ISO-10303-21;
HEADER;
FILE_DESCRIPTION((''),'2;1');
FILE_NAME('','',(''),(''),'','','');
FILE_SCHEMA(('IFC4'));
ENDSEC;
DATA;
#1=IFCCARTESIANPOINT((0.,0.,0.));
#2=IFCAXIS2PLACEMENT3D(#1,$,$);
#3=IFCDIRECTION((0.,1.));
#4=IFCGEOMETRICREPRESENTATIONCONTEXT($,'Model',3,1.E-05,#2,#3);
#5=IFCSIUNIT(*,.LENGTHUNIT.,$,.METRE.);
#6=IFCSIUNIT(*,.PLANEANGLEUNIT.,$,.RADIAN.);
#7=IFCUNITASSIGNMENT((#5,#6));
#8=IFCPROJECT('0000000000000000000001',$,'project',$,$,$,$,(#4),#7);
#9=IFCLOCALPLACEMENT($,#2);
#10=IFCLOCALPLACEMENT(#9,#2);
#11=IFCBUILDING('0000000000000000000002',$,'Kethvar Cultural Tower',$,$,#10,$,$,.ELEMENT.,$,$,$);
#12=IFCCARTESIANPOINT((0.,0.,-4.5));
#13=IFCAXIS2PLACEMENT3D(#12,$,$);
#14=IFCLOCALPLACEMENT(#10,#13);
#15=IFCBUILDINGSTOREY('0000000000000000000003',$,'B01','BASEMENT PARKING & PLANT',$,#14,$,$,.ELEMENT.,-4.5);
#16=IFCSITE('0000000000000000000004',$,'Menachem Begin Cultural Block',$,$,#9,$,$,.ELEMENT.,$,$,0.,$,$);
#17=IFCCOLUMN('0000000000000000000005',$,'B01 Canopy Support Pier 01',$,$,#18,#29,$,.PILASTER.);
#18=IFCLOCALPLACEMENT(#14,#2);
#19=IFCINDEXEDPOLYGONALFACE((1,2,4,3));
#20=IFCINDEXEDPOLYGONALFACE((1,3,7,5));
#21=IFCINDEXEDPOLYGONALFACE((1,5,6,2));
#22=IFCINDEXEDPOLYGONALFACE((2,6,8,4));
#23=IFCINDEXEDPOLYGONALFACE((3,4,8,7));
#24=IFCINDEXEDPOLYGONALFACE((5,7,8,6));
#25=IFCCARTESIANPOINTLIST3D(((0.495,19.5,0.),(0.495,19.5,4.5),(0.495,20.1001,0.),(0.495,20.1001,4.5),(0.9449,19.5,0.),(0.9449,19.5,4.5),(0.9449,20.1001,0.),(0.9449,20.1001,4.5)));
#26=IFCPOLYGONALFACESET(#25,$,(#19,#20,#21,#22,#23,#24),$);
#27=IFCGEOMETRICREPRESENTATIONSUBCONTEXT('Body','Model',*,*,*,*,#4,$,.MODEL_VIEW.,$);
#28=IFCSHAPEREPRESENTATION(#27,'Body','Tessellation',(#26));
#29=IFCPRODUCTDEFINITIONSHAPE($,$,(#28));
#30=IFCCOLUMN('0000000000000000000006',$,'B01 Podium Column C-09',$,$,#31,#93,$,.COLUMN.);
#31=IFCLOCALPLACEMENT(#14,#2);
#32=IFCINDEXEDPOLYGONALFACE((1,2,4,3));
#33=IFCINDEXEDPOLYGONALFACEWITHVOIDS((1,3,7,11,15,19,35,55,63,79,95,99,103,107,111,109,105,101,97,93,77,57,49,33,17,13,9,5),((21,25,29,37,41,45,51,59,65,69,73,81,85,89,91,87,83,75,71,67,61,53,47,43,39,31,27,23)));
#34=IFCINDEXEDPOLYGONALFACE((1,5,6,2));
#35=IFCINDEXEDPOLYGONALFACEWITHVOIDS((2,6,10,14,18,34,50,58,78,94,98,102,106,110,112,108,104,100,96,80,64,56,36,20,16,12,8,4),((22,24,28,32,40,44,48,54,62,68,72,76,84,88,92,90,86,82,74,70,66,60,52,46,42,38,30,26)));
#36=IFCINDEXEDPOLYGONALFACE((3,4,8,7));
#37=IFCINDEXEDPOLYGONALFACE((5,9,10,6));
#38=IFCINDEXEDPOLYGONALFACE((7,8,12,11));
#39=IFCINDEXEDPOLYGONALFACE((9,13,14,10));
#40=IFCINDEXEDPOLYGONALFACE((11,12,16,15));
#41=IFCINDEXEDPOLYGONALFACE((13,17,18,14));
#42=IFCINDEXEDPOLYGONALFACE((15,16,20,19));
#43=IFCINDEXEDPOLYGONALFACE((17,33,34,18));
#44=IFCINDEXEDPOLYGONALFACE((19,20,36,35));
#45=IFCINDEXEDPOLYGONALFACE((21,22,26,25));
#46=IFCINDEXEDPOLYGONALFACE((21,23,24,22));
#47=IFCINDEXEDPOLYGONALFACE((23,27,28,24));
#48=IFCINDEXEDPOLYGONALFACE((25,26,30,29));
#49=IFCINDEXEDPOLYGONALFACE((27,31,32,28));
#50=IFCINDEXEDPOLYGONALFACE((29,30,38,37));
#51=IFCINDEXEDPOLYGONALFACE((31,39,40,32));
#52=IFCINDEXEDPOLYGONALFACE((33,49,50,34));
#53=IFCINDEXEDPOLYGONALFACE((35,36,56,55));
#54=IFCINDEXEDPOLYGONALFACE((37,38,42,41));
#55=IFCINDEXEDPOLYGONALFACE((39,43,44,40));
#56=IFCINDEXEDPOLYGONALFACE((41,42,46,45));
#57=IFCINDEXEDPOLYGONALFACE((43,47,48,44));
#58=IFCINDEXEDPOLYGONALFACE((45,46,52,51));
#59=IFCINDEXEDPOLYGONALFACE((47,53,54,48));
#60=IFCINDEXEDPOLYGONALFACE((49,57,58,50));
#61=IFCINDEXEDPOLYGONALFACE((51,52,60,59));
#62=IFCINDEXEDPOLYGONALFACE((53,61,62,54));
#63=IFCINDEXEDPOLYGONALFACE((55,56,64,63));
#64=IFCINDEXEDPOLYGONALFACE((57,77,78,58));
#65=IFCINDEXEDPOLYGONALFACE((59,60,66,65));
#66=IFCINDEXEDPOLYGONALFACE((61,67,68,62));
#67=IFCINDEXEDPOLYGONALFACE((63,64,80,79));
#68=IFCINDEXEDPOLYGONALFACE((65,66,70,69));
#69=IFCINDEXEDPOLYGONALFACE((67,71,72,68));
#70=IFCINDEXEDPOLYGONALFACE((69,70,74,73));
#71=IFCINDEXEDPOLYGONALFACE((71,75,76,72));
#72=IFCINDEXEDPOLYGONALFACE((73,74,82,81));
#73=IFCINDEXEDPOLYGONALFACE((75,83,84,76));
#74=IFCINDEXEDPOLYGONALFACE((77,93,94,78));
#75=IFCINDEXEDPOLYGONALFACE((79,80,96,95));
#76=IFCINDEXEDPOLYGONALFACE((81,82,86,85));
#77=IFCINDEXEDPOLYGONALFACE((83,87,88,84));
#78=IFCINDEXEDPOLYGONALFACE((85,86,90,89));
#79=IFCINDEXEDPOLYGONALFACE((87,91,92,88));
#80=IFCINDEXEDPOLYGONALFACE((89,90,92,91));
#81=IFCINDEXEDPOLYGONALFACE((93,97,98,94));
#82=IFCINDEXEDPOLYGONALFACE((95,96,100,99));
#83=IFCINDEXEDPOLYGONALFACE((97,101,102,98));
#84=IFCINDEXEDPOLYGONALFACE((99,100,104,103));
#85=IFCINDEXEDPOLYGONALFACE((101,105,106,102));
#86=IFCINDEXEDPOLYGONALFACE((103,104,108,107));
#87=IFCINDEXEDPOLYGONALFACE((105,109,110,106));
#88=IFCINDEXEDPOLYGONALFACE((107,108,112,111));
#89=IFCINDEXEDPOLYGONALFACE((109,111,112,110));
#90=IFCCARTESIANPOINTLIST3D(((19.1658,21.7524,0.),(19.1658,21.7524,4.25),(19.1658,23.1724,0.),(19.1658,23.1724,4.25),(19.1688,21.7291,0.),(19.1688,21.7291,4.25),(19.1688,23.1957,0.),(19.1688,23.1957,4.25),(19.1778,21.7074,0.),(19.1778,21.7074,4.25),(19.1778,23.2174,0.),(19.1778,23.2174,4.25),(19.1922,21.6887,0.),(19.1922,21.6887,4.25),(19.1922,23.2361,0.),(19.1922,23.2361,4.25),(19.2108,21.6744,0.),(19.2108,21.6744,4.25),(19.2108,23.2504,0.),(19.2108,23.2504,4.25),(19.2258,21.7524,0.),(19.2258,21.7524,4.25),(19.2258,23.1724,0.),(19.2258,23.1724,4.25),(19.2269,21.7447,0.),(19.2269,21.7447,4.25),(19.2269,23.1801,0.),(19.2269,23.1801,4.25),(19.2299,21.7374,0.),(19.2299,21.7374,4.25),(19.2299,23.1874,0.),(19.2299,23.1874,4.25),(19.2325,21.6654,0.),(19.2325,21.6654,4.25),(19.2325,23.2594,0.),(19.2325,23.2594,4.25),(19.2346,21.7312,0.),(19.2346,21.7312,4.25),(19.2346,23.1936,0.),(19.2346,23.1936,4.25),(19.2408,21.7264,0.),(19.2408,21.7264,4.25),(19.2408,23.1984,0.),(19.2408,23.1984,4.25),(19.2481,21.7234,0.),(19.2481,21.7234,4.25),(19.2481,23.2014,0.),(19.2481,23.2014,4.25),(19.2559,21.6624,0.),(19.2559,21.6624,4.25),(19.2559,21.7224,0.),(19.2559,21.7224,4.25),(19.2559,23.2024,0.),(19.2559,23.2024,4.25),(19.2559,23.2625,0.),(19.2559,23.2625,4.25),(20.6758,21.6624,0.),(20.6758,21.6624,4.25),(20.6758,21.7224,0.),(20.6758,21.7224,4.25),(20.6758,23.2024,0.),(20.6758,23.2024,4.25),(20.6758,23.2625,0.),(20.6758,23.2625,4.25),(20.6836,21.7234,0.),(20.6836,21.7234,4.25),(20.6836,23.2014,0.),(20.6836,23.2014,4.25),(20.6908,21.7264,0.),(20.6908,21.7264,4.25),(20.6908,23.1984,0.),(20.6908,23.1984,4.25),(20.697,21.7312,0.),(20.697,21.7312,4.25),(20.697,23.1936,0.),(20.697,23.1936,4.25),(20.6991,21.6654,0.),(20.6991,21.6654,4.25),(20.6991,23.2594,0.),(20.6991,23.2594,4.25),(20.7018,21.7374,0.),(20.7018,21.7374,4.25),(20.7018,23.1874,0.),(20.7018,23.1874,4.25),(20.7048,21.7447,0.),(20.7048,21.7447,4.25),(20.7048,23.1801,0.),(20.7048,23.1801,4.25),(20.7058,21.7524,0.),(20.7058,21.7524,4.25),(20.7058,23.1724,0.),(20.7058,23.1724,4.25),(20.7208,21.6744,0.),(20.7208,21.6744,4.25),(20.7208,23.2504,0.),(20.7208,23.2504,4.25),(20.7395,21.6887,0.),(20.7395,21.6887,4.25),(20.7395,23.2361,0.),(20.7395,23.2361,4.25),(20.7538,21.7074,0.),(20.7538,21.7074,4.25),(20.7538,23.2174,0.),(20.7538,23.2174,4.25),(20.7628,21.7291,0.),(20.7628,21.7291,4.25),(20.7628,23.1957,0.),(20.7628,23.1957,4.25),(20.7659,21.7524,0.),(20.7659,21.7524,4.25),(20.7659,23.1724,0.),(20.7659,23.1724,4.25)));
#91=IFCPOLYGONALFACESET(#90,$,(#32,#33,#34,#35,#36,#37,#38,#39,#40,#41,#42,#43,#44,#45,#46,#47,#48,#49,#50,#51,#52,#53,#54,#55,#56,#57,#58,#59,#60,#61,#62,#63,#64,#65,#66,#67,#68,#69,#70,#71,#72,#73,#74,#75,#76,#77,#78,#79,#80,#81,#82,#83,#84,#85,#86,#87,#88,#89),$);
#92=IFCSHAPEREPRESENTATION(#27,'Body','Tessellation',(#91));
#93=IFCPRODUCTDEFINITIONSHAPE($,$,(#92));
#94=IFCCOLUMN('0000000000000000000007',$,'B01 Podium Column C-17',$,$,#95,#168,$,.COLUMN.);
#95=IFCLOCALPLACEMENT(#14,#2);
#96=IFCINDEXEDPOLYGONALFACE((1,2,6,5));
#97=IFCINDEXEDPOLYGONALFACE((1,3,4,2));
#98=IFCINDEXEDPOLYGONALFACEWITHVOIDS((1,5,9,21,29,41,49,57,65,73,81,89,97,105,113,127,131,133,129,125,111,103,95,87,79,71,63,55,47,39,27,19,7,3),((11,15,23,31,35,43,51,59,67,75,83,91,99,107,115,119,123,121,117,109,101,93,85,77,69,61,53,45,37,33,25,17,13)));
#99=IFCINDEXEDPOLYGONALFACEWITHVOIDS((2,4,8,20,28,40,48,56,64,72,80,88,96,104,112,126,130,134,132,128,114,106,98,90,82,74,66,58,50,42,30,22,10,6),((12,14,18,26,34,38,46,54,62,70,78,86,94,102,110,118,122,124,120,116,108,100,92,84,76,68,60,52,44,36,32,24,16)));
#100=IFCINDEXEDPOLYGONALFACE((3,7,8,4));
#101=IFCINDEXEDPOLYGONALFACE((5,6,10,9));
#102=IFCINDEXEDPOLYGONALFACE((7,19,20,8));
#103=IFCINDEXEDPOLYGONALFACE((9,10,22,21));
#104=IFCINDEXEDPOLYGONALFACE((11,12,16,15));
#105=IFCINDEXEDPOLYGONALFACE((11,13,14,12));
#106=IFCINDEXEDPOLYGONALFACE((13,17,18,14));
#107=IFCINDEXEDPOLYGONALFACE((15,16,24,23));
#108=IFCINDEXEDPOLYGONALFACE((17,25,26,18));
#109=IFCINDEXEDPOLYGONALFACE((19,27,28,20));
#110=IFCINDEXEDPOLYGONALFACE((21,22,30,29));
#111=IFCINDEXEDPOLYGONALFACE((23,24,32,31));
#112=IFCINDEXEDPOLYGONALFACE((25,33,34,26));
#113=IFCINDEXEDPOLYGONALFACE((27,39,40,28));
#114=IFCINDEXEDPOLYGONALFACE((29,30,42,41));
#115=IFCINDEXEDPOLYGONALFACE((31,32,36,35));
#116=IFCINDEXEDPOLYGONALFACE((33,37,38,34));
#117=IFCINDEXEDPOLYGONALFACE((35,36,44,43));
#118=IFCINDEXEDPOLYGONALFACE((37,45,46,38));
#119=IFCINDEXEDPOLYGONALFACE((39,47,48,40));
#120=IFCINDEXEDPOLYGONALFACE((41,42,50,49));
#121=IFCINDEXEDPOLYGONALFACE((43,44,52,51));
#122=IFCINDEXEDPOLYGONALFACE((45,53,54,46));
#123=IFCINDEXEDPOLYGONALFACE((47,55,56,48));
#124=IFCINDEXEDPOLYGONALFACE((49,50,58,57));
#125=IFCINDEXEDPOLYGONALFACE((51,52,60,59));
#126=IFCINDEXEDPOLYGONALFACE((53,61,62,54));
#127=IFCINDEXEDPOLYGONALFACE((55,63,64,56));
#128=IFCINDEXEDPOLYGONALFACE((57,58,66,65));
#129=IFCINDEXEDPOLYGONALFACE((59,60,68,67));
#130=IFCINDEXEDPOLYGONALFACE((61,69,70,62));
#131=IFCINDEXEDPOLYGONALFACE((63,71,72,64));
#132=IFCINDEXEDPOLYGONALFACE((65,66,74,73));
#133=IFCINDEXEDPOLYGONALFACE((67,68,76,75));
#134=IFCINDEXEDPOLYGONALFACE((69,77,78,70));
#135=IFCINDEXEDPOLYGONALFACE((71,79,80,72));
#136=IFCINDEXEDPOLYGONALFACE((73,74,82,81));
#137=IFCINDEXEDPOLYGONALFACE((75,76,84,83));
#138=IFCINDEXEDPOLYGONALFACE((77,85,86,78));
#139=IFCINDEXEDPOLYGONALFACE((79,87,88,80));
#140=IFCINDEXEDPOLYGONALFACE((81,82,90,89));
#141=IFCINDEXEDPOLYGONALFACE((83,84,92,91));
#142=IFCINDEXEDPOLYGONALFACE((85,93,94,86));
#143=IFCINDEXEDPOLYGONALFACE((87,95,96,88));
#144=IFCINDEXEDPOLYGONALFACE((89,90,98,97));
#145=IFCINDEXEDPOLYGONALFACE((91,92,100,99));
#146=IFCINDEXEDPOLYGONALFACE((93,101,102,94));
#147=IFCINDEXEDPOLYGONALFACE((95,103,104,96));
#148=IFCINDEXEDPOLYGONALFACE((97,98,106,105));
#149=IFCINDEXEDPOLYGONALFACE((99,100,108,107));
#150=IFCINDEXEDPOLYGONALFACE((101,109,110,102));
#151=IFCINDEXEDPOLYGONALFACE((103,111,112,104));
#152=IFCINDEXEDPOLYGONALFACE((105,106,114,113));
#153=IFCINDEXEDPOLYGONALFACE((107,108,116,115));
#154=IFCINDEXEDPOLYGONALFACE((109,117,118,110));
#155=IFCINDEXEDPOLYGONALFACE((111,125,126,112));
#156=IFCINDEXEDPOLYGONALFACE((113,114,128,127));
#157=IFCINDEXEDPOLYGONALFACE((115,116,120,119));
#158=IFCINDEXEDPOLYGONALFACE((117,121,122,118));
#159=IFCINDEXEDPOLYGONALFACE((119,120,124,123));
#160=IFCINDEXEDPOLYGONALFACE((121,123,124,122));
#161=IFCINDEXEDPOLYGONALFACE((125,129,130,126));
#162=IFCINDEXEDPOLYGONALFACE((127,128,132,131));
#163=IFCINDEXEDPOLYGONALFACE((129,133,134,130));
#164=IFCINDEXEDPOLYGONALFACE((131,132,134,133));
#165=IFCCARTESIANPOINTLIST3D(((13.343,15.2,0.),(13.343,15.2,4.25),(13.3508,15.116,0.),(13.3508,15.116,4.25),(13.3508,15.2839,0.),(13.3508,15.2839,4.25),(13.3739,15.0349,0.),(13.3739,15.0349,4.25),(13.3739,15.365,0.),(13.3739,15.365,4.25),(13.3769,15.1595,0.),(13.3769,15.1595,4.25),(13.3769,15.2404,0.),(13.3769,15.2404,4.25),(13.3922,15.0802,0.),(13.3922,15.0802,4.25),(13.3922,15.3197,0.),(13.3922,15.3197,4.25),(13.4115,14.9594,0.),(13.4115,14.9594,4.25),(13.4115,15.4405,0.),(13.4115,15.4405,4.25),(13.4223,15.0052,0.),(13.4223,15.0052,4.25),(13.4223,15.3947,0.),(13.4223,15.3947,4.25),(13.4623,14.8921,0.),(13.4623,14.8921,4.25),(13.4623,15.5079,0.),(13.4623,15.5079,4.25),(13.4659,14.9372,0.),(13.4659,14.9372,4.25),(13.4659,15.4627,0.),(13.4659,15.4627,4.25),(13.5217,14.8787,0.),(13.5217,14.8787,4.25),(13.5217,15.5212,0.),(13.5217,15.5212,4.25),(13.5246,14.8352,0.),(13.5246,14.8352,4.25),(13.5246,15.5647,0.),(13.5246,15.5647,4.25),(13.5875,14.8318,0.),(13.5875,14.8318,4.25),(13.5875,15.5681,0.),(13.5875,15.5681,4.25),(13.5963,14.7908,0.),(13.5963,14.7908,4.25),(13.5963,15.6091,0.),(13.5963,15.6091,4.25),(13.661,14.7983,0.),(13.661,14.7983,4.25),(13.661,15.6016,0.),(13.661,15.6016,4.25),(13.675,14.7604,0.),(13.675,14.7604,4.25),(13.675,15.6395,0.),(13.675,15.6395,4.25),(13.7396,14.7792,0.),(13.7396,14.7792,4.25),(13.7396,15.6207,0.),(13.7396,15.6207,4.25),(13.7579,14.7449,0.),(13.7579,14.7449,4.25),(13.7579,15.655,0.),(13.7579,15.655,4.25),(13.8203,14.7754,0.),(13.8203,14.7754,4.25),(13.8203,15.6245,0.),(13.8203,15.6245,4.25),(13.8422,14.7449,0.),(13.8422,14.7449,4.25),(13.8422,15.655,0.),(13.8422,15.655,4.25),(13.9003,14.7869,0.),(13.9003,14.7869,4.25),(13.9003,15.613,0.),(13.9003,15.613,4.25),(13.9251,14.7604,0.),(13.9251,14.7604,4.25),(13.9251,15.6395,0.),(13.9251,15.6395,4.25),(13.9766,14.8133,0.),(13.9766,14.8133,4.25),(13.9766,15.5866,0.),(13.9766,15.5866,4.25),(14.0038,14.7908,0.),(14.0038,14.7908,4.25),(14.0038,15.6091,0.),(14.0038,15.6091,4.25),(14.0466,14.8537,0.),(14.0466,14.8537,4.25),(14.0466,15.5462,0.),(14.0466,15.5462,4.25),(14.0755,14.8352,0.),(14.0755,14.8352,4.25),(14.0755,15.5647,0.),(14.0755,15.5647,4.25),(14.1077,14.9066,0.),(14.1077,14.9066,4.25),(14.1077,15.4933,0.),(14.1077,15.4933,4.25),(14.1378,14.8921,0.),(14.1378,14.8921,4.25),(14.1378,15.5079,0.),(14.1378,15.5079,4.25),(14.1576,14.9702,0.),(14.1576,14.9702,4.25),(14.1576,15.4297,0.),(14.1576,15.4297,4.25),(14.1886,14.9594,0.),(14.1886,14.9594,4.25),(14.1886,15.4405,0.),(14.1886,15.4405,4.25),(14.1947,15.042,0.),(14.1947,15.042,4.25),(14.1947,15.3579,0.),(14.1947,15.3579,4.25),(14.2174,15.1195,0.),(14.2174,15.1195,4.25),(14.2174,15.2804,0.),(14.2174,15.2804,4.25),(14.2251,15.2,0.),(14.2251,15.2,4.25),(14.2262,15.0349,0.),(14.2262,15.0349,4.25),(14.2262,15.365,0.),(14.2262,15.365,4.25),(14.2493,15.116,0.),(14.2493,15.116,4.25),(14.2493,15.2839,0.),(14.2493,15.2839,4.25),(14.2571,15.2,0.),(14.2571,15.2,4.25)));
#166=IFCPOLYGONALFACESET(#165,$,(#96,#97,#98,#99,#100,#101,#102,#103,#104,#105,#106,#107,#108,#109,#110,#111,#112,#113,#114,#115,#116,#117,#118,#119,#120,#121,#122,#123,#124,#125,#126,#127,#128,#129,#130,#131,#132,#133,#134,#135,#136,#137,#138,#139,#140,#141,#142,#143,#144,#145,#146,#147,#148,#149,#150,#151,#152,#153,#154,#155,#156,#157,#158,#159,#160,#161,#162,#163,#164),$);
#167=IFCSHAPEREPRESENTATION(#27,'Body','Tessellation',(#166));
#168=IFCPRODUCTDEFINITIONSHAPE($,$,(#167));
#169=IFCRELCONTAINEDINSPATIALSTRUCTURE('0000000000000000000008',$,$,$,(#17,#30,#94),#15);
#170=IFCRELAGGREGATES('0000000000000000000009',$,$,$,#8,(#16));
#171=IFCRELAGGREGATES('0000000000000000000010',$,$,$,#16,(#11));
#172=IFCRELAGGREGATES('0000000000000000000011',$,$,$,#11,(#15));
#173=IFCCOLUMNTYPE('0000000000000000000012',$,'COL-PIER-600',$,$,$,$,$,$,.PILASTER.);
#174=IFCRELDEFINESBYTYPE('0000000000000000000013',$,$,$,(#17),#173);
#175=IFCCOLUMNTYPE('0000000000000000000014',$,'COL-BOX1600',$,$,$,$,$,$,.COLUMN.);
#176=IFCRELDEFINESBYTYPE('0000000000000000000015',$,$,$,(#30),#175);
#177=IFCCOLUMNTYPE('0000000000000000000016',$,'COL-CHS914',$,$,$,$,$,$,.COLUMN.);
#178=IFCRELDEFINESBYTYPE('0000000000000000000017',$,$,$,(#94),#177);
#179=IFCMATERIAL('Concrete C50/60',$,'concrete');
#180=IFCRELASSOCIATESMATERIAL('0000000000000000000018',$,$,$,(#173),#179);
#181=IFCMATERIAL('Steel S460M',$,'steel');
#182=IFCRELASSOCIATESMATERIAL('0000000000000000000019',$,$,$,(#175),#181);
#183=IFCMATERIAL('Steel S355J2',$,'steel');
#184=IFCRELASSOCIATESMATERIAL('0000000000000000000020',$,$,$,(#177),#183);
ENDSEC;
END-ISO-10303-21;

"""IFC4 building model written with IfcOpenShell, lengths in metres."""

from ifc_helpers import new_model, si_unit, direction, frame, origin, origin_2d, place, context, subcontext, project, spatial, rectangle, hollow_rectangle, hollow_circle, extrude, source, transform, mapped, material, material_profile, profile_set, type_object, element, save


model = new_model("IFC4")

# Units and contexts
model_context = context("Model", 3, precision=1e-05, world=origin(), true_north=direction((0.0, 1.0)))
body_context = subcontext(model_context, "Body", "Model", "MODEL_VIEW")
ifc_project = project(units=[si_unit("LENGTHUNIT", "METRE"), si_unit("PLANEANGLEUNIT", "RADIAN")], contexts=[model_context])

# Site, building, storey
site_placement = place(None, origin())
site = spatial("IfcSite", under=ifc_project, at=site_placement, Name="Menachem Begin Cultural Block", CompositionType="ELEMENT", RefElevation=0.0)
building_placement = place(site_placement, origin())
building = spatial("IfcBuilding", under=site, at=building_placement, Name="Kethvar Cultural Tower", CompositionType="ELEMENT")
storey_placement = place(building_placement, frame((0.0, 0.0, -4.5)))
storey = spatial("IfcBuildingStorey", under=building, at=storey_placement, Name="B01", Description="BASEMENT PARKING & PLANT", CompositionType="ELEMENT", Elevation=-4.5)

# Columns
ifc_material_1 = material(Name="Concrete C50/60", Category="concrete")
ifc_material_profile_1 = material_profile(ifc_material_1, rectangle(XDim=0.45, YDim=0.6001, at=origin_2d()), Name="Concrete C50/60 — RC600x450")
ifc_profile_set_1 = profile_set([ifc_material_profile_1], Name="Concrete C50/60 — RC600x450")
column_type_1 = type_object("IfcColumnType", Name="COL-PIER-600", PredefinedType="PILASTER", material=ifc_profile_set_1)
shared_shape_1 = source(origin(), body_context, "Body", "SweptSolid", [
    extrude(rectangle(XDim=0.45, YDim=0.6001, at=origin_2d()), origin(), (0.0, 0.0, 1.0), 4.5),
])
column_1_placement = place(storey_placement, frame((0.72, 19.8, 0.0), z_axis=(0.0, 0.0, 1.0), x_axis=(1.0, 0.0, 0.0)))
element("IfcColumn", 1, at=column_1_placement, inside=storey, type_object=column_type_1, Name="B01 Canopy Support Pier 01", PredefinedType="PILASTER", context=body_context, shape_type="MappedRepresentation", body=[
    mapped(shared_shape_1, transform((0.0, 0.0, 0.0), scale=1.0)),
])
ifc_material_2 = material(Name="Steel S460M", Category="steel")
ifc_material_profile_2 = material_profile(ifc_material_2, hollow_rectangle(XDim=1.6001, YDim=1.6001, WallThickness=0.0601, InnerFilletRadius=0.03, OuterFilletRadius=0.0901, at=origin_2d()), Name="Steel S460M — BOX1600x1600x60")
ifc_profile_set_2 = profile_set([ifc_material_profile_2], Name="Steel S460M — BOX1600x1600x60")
column_type_2 = type_object("IfcColumnType", Name="COL-BOX1600", PredefinedType="COLUMN", material=ifc_profile_set_2)
shared_shape_2 = source(origin(), body_context, "Body", "SweptSolid", [
    extrude(hollow_rectangle(XDim=1.6001, YDim=1.6001, WallThickness=0.0601, InnerFilletRadius=0.03, OuterFilletRadius=0.0901, at=origin_2d()), origin(), (0.0, 0.0, 1.0), 4.25),
])
column_2_placement = place(storey_placement, frame((19.9658, 22.4624, 0.0), z_axis=(0.0, 0.0, 1.0), x_axis=(1.0, 0.0, 0.0)))
element("IfcColumn", 2, at=column_2_placement, inside=storey, type_object=column_type_2, Name="B01 Podium Column C-09", PredefinedType="COLUMN", context=body_context, shape_type="MappedRepresentation", body=[
    mapped(shared_shape_2, transform((0.0, 0.0, 0.0), scale=1.0)),
])
ifc_material_3 = material(Name="Steel S355J2", Category="steel")
ifc_material_profile_3 = material_profile(ifc_material_3, hollow_circle(Radius=0.457, WallThickness=0.032, at=origin_2d()), Name="Steel S355J2 — CHS914x32")
ifc_profile_set_3 = profile_set([ifc_material_profile_3], Name="Steel S355J2 — CHS914x32")
column_type_3 = type_object("IfcColumnType", Name="COL-CHS914", PredefinedType="COLUMN", material=ifc_profile_set_3)
shared_shape_3 = source(origin(), body_context, "Body", "SweptSolid", [
    extrude(hollow_circle(Radius=0.457, WallThickness=0.032, at=origin_2d()), origin(), (0.0, 0.0, 1.0), 4.25),
])
column_3_placement = place(storey_placement, frame((13.8, 15.2, 0.0), z_axis=(0.0, 0.0, 1.0), x_axis=(1.0, 0.0, 0.0)))
element("IfcColumn", 3, at=column_3_placement, inside=storey, type_object=column_type_3, Name="B01 Podium Column C-17", PredefinedType="COLUMN", context=body_context, shape_type="MappedRepresentation", body=[
    mapped(shared_shape_3, transform((0.0, 0.0, 0.0), scale=1.0)),
])

save(model, "model.ifc")
